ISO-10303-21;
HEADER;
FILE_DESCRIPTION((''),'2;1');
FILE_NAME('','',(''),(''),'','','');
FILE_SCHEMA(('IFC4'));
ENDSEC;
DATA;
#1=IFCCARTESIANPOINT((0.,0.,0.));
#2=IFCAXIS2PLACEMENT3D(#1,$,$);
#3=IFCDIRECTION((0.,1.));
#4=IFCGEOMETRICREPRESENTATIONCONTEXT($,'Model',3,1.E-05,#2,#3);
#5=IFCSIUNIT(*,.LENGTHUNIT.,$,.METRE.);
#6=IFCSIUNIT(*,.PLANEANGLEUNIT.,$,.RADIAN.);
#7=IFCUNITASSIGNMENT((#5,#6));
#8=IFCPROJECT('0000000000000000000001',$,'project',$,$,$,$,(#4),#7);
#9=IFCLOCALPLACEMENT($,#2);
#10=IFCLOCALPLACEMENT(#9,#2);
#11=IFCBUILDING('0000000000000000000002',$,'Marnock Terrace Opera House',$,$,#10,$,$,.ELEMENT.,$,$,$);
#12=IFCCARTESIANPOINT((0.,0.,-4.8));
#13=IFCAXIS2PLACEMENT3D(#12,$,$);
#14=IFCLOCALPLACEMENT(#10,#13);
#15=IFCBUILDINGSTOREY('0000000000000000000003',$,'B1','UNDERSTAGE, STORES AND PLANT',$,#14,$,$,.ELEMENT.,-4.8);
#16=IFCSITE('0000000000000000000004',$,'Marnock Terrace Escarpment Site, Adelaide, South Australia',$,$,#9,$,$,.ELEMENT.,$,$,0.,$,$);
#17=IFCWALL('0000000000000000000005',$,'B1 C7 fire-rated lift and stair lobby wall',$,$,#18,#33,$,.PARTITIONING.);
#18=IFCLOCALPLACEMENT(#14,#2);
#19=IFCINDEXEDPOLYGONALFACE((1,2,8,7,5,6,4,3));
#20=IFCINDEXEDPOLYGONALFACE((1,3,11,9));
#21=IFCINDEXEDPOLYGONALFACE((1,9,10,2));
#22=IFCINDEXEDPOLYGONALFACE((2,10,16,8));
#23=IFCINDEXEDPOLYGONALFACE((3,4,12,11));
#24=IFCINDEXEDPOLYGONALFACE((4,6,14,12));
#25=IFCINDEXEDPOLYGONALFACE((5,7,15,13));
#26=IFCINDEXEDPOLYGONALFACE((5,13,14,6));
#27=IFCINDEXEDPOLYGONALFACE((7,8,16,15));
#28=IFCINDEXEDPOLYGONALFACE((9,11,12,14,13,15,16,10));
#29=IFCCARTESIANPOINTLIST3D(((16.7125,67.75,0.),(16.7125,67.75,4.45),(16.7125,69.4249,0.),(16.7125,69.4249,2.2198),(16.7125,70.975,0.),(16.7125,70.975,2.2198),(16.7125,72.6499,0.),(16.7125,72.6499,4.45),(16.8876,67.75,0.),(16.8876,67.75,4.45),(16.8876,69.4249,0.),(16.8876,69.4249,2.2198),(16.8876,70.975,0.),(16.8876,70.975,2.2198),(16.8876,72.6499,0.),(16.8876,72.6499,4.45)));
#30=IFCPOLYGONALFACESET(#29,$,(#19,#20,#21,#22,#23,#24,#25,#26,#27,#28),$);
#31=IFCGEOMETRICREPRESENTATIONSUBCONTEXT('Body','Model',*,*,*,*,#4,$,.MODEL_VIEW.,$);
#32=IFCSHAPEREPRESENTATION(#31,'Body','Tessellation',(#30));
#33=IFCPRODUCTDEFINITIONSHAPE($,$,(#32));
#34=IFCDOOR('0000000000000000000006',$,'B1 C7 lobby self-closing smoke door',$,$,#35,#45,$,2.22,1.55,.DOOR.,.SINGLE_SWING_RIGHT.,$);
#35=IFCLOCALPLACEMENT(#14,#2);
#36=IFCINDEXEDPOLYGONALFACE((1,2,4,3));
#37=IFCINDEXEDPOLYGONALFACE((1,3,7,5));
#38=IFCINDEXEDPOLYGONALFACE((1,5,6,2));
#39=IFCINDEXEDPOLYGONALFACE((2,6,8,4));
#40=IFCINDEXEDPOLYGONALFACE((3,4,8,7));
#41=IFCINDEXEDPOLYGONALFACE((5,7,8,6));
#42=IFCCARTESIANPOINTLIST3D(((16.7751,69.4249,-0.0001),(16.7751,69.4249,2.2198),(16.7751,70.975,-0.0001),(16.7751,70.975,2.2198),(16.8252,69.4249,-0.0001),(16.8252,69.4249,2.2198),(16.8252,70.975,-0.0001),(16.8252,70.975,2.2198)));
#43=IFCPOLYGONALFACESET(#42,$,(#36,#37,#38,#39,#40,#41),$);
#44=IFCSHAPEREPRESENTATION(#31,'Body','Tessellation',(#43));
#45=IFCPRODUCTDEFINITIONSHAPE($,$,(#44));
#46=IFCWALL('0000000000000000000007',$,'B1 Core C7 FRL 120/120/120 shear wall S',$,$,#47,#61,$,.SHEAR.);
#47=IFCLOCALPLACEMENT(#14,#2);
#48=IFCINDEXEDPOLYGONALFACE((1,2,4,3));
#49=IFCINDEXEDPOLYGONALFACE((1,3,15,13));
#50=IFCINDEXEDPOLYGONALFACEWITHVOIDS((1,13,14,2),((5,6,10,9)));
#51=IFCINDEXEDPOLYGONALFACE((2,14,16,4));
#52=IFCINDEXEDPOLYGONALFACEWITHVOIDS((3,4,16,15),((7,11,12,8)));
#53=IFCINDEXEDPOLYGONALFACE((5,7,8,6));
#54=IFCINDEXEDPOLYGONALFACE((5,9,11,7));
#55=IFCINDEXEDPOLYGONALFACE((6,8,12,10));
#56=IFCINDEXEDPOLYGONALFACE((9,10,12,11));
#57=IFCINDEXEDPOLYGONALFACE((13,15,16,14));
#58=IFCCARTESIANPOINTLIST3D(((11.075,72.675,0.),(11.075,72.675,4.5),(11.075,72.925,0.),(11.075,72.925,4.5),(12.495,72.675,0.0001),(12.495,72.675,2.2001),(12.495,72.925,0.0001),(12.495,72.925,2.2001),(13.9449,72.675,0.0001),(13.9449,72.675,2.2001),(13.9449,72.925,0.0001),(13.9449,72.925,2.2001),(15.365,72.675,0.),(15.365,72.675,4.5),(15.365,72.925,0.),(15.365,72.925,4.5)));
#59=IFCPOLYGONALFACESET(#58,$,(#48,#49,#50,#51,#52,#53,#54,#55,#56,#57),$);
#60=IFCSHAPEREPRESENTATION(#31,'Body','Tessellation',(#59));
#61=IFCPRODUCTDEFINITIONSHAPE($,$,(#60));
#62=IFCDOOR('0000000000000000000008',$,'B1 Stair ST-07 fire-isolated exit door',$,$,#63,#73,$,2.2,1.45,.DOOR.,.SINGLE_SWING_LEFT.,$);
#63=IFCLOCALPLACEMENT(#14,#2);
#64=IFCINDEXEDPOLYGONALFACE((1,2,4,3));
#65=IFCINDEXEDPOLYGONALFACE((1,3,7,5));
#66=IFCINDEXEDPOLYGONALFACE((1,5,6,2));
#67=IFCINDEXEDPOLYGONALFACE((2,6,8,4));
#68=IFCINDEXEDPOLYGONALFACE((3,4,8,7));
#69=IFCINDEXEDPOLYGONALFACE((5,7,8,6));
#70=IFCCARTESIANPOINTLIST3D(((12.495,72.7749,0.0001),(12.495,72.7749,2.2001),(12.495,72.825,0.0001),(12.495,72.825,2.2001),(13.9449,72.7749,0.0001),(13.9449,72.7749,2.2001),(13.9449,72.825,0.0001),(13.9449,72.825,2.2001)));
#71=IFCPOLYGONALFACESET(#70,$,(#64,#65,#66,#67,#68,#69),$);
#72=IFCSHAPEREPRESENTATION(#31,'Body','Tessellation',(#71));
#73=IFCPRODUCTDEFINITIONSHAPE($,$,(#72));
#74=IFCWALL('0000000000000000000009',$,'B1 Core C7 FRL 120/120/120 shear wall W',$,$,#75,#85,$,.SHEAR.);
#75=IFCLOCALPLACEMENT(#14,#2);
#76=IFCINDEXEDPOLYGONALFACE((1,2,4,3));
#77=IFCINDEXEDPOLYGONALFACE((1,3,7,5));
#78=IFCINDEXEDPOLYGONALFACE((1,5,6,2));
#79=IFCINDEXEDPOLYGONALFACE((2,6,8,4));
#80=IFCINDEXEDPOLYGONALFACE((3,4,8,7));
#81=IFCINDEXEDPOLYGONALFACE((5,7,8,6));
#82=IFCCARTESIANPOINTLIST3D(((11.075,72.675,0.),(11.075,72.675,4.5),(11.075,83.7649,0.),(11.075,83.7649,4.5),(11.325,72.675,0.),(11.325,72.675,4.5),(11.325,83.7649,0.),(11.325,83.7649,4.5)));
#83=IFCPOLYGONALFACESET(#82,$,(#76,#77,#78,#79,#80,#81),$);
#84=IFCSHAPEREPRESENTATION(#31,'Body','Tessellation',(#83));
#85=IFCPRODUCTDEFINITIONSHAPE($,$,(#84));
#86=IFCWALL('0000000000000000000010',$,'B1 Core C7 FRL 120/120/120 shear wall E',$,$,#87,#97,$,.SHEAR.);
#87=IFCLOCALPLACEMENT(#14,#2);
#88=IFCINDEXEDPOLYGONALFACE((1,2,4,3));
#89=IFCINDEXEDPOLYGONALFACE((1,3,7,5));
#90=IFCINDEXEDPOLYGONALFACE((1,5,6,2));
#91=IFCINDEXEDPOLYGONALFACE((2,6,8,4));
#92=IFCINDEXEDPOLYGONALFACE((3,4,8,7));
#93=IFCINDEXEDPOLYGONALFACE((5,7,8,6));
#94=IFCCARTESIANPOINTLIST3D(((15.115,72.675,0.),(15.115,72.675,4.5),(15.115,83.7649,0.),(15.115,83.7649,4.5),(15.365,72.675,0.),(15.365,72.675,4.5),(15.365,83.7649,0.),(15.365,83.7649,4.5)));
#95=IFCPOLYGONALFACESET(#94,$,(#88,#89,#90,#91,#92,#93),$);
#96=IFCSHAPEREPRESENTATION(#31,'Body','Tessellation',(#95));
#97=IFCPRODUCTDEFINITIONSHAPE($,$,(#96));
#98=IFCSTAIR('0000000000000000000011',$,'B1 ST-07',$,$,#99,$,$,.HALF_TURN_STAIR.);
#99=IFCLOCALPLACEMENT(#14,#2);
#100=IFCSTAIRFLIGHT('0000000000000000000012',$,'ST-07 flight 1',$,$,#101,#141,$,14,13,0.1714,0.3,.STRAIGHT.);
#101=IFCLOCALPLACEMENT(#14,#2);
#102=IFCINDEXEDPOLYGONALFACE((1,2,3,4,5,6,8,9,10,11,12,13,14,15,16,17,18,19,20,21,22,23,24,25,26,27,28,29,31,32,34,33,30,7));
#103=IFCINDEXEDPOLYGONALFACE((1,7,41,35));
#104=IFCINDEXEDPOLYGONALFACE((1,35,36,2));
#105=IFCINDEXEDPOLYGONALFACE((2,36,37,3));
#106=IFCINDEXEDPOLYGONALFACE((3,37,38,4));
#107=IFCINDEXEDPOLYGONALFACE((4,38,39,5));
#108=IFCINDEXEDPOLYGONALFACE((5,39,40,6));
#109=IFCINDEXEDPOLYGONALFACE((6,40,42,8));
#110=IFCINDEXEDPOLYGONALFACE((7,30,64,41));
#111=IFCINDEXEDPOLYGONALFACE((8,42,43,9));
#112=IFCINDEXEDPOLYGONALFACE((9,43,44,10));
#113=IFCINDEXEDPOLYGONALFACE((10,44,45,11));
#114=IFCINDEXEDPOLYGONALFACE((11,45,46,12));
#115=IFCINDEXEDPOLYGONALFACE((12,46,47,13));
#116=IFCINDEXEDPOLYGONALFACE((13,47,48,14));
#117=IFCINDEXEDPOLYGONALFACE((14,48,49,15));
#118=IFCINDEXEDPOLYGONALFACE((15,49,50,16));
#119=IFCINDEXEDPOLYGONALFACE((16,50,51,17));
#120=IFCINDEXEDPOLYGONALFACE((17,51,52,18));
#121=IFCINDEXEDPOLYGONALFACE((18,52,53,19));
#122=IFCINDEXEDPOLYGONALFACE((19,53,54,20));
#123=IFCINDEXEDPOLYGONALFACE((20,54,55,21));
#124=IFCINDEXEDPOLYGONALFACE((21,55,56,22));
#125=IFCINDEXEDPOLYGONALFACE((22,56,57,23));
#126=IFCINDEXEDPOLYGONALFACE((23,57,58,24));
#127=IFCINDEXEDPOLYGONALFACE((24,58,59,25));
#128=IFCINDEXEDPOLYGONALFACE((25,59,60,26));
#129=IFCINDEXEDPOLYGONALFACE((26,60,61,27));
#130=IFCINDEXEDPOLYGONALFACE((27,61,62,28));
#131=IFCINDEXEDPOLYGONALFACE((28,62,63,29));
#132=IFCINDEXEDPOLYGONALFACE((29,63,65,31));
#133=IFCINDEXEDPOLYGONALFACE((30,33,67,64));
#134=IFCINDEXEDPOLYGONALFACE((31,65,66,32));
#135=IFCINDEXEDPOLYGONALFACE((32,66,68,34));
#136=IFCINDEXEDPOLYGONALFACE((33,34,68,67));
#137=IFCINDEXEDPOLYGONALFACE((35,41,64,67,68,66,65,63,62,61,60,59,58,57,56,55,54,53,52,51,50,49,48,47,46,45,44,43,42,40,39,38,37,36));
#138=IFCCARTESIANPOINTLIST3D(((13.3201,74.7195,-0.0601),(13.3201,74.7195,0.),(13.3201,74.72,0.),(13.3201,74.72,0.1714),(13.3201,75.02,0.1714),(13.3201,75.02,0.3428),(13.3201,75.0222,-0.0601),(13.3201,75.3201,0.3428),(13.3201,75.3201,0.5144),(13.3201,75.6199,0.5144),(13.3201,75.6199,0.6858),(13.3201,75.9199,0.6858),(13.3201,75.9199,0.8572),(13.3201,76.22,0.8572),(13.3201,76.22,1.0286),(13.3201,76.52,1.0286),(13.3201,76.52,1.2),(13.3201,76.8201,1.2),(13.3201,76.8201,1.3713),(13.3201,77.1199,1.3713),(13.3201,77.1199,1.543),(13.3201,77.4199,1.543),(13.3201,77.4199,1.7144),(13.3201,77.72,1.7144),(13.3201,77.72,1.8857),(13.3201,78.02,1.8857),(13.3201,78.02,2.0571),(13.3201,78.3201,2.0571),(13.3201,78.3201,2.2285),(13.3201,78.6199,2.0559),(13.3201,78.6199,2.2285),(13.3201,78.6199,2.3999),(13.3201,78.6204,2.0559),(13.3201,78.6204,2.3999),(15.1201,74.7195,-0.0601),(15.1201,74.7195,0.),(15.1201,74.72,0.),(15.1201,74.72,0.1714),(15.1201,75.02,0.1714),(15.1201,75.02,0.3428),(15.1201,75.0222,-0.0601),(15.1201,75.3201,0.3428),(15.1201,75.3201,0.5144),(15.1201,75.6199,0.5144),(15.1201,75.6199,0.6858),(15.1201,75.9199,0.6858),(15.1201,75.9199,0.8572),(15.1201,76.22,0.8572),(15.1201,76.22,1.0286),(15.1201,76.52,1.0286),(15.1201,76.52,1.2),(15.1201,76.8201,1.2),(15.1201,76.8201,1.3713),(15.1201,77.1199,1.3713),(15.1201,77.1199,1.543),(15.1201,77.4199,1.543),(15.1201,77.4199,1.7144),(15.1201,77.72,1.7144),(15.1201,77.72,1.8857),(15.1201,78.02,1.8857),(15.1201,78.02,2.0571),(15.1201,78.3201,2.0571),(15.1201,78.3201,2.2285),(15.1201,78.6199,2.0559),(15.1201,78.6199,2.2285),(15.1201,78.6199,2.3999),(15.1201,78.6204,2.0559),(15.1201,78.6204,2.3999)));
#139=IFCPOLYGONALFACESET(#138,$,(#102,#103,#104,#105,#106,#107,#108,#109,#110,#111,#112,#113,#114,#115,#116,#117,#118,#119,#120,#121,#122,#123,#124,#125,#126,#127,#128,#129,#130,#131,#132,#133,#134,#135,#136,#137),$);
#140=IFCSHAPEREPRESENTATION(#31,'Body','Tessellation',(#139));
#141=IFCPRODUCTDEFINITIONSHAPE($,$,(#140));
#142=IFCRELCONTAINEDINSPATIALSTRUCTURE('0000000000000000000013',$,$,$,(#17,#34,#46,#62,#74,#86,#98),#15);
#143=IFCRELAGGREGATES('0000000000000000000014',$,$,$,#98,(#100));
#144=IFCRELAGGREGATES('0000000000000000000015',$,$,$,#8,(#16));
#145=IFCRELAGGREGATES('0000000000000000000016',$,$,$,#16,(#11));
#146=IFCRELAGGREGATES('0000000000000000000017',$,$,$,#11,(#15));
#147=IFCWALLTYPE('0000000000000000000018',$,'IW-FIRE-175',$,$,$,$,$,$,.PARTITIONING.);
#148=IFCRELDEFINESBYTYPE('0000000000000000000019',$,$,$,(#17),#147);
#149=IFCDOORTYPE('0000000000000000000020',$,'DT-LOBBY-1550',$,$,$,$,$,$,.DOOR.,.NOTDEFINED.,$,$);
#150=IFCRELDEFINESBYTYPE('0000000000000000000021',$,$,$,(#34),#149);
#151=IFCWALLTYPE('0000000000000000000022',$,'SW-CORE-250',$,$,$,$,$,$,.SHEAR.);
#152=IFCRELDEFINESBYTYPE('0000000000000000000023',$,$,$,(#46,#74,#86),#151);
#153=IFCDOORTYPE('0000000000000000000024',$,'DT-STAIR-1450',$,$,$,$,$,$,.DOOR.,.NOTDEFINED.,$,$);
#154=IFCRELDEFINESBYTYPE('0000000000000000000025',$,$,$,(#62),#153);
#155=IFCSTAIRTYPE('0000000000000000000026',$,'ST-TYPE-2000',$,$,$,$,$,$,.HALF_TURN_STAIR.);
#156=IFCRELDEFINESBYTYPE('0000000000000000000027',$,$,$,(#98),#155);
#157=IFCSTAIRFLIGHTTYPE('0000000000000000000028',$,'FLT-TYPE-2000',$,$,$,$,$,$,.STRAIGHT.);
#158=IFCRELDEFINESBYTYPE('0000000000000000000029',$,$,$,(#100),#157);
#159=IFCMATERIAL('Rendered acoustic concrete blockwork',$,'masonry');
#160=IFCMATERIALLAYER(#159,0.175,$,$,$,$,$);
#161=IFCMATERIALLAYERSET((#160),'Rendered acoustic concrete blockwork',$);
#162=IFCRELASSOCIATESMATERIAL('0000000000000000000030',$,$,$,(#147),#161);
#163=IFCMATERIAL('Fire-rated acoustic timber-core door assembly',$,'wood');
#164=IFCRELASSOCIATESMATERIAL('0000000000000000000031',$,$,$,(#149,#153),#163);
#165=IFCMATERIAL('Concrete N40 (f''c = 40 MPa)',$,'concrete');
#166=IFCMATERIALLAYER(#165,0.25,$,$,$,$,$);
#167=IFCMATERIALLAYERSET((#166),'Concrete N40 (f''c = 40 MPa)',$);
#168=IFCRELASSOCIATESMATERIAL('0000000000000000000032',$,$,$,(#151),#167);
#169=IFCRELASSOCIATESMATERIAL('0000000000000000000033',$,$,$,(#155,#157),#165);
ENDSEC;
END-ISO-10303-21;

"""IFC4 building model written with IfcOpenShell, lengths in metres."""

from ifc_helpers import new_model, si_unit, direction, frame, frame_2d, origin, place, context, subcontext, project, spatial, polyline, rectangle, outline, extrude, material, layer, layer_set, type_object, element, fill, aggregate, save


model = new_model("IFC4")

# Units and contexts
model_context = context("Model", 3, precision=1e-05, world=origin(), true_north=direction((0.0, 1.0)))
body_context = subcontext(model_context, "Body", "Model", "MODEL_VIEW")
ifc_project = project(units=[si_unit("LENGTHUNIT", "METRE"), si_unit("PLANEANGLEUNIT", "RADIAN")], contexts=[model_context])

# Site, building, storey
site_placement = place(None, origin())
site = spatial("IfcSite", under=ifc_project, at=site_placement, Name="Marnock Terrace Escarpment Site, Adelaide, South Australia", CompositionType="ELEMENT", RefElevation=0.0)
building_placement = place(site_placement, origin())
building = spatial("IfcBuilding", under=site, at=building_placement, Name="Marnock Terrace Opera House", CompositionType="ELEMENT")
storey_placement = place(building_placement, frame((0.0, 0.0, -4.8)))
storey = spatial("IfcBuildingStorey", under=building, at=storey_placement, Name="B1", Description="UNDERSTAGE, STORES AND PLANT", CompositionType="ELEMENT", Elevation=-4.8)

# Shared definitions
ifc_material_1 = material(Name="Concrete N40 (f'c = 40 MPa)", Category="concrete")

# Walls, openings, doors
ifc_material_2 = material(Name="Rendered acoustic concrete blockwork", Category="masonry")
ifc_layer_1 = layer(ifc_material_2, 0.175)
ifc_layer_set_1 = layer_set([ifc_layer_1], Name="Rendered acoustic concrete blockwork")
wall_type_1 = type_object("IfcWallType", Name="IW-FIRE-175", PredefinedType="PARTITIONING", material=ifc_layer_set_1)
wall_1_placement = place(storey_placement, frame((16.8, 67.75, 0.0), z_axis=(0.0, 0.0, 1.0), x_axis=(0.0, 1.0, 0.0)))
wall_1 = element("IfcWall", 1, at=wall_1_placement, inside=storey, type_object=wall_type_1, Name="B1 C7 fire-rated lift and stair lobby wall", PredefinedType="PARTITIONING", context=body_context, shape_type="SweptSolid", body=[
    extrude(rectangle(XDim=4.8999, YDim=0.175, at=frame_2d((2.45, 0.0))), origin(), (0.0, 0.0, 1.0), 4.45),
])
opening_1_placement = place(wall_1_placement, frame((1.675, 0.0, 0.0)))
opening_1 = element("IfcOpeningElement", 2, at=opening_1_placement, cuts=wall_1, PredefinedType="OPENING", context=body_context, shape_type="SweptSolid", body=[
    extrude(rectangle(XDim=1.55, YDim=2.22, at=frame_2d((0.7749, 1.1099))), frame((0.0, 0.0974, 0.0), z_axis=(0.0, -1.0, 0.0), x_axis=(1.0, 0.0, 0.0)), (0.0, 0.0, 1.0), 0.1951),
])
ifc_material_3 = material(Name="Fire-rated acoustic timber-core door assembly", Category="wood")
door_type_1 = type_object("IfcDoorType", Name="DT-LOBBY-1550", OperationType="NOTDEFINED", PredefinedType="DOOR", material=ifc_material_3)
door_1_placement = place(opening_1_placement, origin())
door_1 = element("IfcDoor", 3, at=door_1_placement, inside=storey, type_object=door_type_1, Name="B1 C7 lobby self-closing smoke door", OperationType="SINGLE_SWING_RIGHT", OverallHeight=2.22, OverallWidth=1.55, PredefinedType="DOOR", context=body_context, shape_type="SweptSolid", body=[
    extrude(rectangle(XDim=1.55, YDim=2.22, at=frame_2d((0.7749, 1.1099))), frame((0.0, 0.0249, 0.0), z_axis=(0.0, -1.0, 0.0), x_axis=(1.0, 0.0, 0.0)), (0.0, 0.0, 1.0), 0.05),
])
fill(opening_1, door_1)
ifc_layer_2 = layer(ifc_material_1, 0.25)
ifc_layer_set_2 = layer_set([ifc_layer_2], Name="Concrete N40 (f'c = 40 MPa)")
wall_type_2 = type_object("IfcWallType", Name="SW-CORE-250", PredefinedType="SHEAR", material=ifc_layer_set_2)
wall_2_placement = place(storey_placement, frame((11.075, 72.8, 0.0), z_axis=(0.0, 0.0, 1.0), x_axis=(1.0, 0.0, 0.0)))
wall_2 = element("IfcWall", 4, at=wall_2_placement, inside=storey, type_object=wall_type_2, Name="B1 Core C7 FRL 120/120/120 shear wall S", PredefinedType="SHEAR", context=body_context, shape_type="SweptSolid", body=[
    extrude(rectangle(XDim=4.29, YDim=0.25, at=frame_2d((2.145, 0.0))), origin(), (0.0, 0.0, 1.0), 4.5),
])
opening_2_placement = place(wall_2_placement, frame((1.4199, 0.0, 0.0)))
opening_2 = element("IfcOpeningElement", 5, at=opening_2_placement, cuts=wall_2, PredefinedType="OPENING", context=body_context, shape_type="SweptSolid", body=[
    extrude(rectangle(XDim=1.45, YDim=2.2, at=frame_2d((0.7251, 1.1001))), frame((0.0, 0.135, 0.0), z_axis=(0.0, -1.0, 0.0), x_axis=(1.0, 0.0, 0.0)), (0.0, 0.0, 1.0), 0.27),
])
door_type_2 = type_object("IfcDoorType", Name="DT-STAIR-1450", OperationType="NOTDEFINED", PredefinedType="DOOR", material=ifc_material_3)
door_2_placement = place(opening_2_placement, origin())
door_2 = element("IfcDoor", 6, at=door_2_placement, inside=storey, type_object=door_type_2, Name="B1 Stair ST-07 fire-isolated exit door", OperationType="SINGLE_SWING_LEFT", OverallHeight=2.2, OverallWidth=1.45, PredefinedType="DOOR", context=body_context, shape_type="SweptSolid", body=[
    extrude(rectangle(XDim=1.45, YDim=2.2, at=frame_2d((0.7251, 1.1001))), frame((0.0, 0.0249, 0.0), z_axis=(0.0, -1.0, 0.0), x_axis=(1.0, 0.0, 0.0)), (0.0, 0.0, 1.0), 0.05),
])
fill(opening_2, door_2)

# Walls
for number, where, z_axis, x_axis, name in (
    (7, (11.2, 72.675, 0.0), (0.0, 0.0, 1.0), (0.0, 1.0, 0.0), "B1 Core C7 FRL 120/120/120 shear wall W"),
    (8, (15.24, 72.675, 0.0), (0.0, 0.0, 1.0), (0.0, 1.0, 0.0), "B1 Core C7 FRL 120/120/120 shear wall E"),
):
    element("IfcWall", number, at=place(storey_placement, frame(where, z_axis=z_axis, x_axis=x_axis)), inside=storey, type_object=wall_type_2, Name=name, PredefinedType="SHEAR", context=body_context, shape_type="SweptSolid", body=[
        extrude(rectangle(XDim=11.0898, YDim=0.25, at=frame_2d((5.5449, 0.0))), origin(), (0.0, 0.0, 1.0), 4.5),
    ])

# Stair, stair flight
stair_type = type_object("IfcStairType", Name="ST-TYPE-2000", PredefinedType="HALF_TURN_STAIR", material=ifc_material_1)
stair_placement = place(storey_placement, origin())
stair = element("IfcStair", 9, at=stair_placement, inside=storey, type_object=stair_type, Name="B1 ST-07", PredefinedType="HALF_TURN_STAIR")
stair_flight_type = type_object("IfcStairFlightType", Name="FLT-TYPE-2000", PredefinedType="STRAIGHT", material=ifc_material_1)
stair_flight_placement = place(storey_placement, frame((14.22, 74.72, 0.0), z_axis=(0.0, 0.0, 1.0), x_axis=(0.0, 1.0, 0.0)))
stair_flight = element("IfcStairFlight", 10, at=stair_flight_placement, type_object=stair_flight_type, Name="ST-07 flight 1", NumberOfRisers=14, NumberOfTreads=13, PredefinedType="STRAIGHT", RiserHeight=0.1714, TreadLength=0.3, context=body_context, shape_type="SweptSolid", body=[
    extrude(outline(polyline([(-0.0005, -0.0601), (-0.0005, 0.0), (0.0, 0.0), (0.0, 0.1714), (0.3, 0.1714), (0.3, 0.3428), (0.6001, 0.3428), (0.6001, 0.5144), (0.8999, 0.5144), (0.8999, 0.6858), (1.2, 0.6858), (1.2, 0.8572), (1.5, 0.8572), (1.5, 1.0286), (1.8, 1.0286), (1.8, 1.2), (2.1001, 1.2), (2.1001, 1.3713), (2.3999, 1.3713), (2.3999, 1.543), (2.7, 1.543), (2.7, 1.7144), (3.0, 1.7144), (3.0, 1.8857), (3.3, 1.8857), (3.3, 2.0571), (3.6001, 2.0571), (3.6001, 2.2285), (3.8999, 2.2285), (3.8999, 2.3999), (3.9004, 2.3999), (3.9004, 2.0559), (3.8999, 2.0559), (0.3022, -0.0601), (-0.0005, -0.0601)])), frame((0.0, 0.8999, 0.0), z_axis=(0.0, -1.0, 0.0), x_axis=(1.0, 0.0, 0.0)), (0.0, 0.0, 1.0), 1.8),
])
aggregate(stair, [stair_flight])

save(model, "model.ifc")
